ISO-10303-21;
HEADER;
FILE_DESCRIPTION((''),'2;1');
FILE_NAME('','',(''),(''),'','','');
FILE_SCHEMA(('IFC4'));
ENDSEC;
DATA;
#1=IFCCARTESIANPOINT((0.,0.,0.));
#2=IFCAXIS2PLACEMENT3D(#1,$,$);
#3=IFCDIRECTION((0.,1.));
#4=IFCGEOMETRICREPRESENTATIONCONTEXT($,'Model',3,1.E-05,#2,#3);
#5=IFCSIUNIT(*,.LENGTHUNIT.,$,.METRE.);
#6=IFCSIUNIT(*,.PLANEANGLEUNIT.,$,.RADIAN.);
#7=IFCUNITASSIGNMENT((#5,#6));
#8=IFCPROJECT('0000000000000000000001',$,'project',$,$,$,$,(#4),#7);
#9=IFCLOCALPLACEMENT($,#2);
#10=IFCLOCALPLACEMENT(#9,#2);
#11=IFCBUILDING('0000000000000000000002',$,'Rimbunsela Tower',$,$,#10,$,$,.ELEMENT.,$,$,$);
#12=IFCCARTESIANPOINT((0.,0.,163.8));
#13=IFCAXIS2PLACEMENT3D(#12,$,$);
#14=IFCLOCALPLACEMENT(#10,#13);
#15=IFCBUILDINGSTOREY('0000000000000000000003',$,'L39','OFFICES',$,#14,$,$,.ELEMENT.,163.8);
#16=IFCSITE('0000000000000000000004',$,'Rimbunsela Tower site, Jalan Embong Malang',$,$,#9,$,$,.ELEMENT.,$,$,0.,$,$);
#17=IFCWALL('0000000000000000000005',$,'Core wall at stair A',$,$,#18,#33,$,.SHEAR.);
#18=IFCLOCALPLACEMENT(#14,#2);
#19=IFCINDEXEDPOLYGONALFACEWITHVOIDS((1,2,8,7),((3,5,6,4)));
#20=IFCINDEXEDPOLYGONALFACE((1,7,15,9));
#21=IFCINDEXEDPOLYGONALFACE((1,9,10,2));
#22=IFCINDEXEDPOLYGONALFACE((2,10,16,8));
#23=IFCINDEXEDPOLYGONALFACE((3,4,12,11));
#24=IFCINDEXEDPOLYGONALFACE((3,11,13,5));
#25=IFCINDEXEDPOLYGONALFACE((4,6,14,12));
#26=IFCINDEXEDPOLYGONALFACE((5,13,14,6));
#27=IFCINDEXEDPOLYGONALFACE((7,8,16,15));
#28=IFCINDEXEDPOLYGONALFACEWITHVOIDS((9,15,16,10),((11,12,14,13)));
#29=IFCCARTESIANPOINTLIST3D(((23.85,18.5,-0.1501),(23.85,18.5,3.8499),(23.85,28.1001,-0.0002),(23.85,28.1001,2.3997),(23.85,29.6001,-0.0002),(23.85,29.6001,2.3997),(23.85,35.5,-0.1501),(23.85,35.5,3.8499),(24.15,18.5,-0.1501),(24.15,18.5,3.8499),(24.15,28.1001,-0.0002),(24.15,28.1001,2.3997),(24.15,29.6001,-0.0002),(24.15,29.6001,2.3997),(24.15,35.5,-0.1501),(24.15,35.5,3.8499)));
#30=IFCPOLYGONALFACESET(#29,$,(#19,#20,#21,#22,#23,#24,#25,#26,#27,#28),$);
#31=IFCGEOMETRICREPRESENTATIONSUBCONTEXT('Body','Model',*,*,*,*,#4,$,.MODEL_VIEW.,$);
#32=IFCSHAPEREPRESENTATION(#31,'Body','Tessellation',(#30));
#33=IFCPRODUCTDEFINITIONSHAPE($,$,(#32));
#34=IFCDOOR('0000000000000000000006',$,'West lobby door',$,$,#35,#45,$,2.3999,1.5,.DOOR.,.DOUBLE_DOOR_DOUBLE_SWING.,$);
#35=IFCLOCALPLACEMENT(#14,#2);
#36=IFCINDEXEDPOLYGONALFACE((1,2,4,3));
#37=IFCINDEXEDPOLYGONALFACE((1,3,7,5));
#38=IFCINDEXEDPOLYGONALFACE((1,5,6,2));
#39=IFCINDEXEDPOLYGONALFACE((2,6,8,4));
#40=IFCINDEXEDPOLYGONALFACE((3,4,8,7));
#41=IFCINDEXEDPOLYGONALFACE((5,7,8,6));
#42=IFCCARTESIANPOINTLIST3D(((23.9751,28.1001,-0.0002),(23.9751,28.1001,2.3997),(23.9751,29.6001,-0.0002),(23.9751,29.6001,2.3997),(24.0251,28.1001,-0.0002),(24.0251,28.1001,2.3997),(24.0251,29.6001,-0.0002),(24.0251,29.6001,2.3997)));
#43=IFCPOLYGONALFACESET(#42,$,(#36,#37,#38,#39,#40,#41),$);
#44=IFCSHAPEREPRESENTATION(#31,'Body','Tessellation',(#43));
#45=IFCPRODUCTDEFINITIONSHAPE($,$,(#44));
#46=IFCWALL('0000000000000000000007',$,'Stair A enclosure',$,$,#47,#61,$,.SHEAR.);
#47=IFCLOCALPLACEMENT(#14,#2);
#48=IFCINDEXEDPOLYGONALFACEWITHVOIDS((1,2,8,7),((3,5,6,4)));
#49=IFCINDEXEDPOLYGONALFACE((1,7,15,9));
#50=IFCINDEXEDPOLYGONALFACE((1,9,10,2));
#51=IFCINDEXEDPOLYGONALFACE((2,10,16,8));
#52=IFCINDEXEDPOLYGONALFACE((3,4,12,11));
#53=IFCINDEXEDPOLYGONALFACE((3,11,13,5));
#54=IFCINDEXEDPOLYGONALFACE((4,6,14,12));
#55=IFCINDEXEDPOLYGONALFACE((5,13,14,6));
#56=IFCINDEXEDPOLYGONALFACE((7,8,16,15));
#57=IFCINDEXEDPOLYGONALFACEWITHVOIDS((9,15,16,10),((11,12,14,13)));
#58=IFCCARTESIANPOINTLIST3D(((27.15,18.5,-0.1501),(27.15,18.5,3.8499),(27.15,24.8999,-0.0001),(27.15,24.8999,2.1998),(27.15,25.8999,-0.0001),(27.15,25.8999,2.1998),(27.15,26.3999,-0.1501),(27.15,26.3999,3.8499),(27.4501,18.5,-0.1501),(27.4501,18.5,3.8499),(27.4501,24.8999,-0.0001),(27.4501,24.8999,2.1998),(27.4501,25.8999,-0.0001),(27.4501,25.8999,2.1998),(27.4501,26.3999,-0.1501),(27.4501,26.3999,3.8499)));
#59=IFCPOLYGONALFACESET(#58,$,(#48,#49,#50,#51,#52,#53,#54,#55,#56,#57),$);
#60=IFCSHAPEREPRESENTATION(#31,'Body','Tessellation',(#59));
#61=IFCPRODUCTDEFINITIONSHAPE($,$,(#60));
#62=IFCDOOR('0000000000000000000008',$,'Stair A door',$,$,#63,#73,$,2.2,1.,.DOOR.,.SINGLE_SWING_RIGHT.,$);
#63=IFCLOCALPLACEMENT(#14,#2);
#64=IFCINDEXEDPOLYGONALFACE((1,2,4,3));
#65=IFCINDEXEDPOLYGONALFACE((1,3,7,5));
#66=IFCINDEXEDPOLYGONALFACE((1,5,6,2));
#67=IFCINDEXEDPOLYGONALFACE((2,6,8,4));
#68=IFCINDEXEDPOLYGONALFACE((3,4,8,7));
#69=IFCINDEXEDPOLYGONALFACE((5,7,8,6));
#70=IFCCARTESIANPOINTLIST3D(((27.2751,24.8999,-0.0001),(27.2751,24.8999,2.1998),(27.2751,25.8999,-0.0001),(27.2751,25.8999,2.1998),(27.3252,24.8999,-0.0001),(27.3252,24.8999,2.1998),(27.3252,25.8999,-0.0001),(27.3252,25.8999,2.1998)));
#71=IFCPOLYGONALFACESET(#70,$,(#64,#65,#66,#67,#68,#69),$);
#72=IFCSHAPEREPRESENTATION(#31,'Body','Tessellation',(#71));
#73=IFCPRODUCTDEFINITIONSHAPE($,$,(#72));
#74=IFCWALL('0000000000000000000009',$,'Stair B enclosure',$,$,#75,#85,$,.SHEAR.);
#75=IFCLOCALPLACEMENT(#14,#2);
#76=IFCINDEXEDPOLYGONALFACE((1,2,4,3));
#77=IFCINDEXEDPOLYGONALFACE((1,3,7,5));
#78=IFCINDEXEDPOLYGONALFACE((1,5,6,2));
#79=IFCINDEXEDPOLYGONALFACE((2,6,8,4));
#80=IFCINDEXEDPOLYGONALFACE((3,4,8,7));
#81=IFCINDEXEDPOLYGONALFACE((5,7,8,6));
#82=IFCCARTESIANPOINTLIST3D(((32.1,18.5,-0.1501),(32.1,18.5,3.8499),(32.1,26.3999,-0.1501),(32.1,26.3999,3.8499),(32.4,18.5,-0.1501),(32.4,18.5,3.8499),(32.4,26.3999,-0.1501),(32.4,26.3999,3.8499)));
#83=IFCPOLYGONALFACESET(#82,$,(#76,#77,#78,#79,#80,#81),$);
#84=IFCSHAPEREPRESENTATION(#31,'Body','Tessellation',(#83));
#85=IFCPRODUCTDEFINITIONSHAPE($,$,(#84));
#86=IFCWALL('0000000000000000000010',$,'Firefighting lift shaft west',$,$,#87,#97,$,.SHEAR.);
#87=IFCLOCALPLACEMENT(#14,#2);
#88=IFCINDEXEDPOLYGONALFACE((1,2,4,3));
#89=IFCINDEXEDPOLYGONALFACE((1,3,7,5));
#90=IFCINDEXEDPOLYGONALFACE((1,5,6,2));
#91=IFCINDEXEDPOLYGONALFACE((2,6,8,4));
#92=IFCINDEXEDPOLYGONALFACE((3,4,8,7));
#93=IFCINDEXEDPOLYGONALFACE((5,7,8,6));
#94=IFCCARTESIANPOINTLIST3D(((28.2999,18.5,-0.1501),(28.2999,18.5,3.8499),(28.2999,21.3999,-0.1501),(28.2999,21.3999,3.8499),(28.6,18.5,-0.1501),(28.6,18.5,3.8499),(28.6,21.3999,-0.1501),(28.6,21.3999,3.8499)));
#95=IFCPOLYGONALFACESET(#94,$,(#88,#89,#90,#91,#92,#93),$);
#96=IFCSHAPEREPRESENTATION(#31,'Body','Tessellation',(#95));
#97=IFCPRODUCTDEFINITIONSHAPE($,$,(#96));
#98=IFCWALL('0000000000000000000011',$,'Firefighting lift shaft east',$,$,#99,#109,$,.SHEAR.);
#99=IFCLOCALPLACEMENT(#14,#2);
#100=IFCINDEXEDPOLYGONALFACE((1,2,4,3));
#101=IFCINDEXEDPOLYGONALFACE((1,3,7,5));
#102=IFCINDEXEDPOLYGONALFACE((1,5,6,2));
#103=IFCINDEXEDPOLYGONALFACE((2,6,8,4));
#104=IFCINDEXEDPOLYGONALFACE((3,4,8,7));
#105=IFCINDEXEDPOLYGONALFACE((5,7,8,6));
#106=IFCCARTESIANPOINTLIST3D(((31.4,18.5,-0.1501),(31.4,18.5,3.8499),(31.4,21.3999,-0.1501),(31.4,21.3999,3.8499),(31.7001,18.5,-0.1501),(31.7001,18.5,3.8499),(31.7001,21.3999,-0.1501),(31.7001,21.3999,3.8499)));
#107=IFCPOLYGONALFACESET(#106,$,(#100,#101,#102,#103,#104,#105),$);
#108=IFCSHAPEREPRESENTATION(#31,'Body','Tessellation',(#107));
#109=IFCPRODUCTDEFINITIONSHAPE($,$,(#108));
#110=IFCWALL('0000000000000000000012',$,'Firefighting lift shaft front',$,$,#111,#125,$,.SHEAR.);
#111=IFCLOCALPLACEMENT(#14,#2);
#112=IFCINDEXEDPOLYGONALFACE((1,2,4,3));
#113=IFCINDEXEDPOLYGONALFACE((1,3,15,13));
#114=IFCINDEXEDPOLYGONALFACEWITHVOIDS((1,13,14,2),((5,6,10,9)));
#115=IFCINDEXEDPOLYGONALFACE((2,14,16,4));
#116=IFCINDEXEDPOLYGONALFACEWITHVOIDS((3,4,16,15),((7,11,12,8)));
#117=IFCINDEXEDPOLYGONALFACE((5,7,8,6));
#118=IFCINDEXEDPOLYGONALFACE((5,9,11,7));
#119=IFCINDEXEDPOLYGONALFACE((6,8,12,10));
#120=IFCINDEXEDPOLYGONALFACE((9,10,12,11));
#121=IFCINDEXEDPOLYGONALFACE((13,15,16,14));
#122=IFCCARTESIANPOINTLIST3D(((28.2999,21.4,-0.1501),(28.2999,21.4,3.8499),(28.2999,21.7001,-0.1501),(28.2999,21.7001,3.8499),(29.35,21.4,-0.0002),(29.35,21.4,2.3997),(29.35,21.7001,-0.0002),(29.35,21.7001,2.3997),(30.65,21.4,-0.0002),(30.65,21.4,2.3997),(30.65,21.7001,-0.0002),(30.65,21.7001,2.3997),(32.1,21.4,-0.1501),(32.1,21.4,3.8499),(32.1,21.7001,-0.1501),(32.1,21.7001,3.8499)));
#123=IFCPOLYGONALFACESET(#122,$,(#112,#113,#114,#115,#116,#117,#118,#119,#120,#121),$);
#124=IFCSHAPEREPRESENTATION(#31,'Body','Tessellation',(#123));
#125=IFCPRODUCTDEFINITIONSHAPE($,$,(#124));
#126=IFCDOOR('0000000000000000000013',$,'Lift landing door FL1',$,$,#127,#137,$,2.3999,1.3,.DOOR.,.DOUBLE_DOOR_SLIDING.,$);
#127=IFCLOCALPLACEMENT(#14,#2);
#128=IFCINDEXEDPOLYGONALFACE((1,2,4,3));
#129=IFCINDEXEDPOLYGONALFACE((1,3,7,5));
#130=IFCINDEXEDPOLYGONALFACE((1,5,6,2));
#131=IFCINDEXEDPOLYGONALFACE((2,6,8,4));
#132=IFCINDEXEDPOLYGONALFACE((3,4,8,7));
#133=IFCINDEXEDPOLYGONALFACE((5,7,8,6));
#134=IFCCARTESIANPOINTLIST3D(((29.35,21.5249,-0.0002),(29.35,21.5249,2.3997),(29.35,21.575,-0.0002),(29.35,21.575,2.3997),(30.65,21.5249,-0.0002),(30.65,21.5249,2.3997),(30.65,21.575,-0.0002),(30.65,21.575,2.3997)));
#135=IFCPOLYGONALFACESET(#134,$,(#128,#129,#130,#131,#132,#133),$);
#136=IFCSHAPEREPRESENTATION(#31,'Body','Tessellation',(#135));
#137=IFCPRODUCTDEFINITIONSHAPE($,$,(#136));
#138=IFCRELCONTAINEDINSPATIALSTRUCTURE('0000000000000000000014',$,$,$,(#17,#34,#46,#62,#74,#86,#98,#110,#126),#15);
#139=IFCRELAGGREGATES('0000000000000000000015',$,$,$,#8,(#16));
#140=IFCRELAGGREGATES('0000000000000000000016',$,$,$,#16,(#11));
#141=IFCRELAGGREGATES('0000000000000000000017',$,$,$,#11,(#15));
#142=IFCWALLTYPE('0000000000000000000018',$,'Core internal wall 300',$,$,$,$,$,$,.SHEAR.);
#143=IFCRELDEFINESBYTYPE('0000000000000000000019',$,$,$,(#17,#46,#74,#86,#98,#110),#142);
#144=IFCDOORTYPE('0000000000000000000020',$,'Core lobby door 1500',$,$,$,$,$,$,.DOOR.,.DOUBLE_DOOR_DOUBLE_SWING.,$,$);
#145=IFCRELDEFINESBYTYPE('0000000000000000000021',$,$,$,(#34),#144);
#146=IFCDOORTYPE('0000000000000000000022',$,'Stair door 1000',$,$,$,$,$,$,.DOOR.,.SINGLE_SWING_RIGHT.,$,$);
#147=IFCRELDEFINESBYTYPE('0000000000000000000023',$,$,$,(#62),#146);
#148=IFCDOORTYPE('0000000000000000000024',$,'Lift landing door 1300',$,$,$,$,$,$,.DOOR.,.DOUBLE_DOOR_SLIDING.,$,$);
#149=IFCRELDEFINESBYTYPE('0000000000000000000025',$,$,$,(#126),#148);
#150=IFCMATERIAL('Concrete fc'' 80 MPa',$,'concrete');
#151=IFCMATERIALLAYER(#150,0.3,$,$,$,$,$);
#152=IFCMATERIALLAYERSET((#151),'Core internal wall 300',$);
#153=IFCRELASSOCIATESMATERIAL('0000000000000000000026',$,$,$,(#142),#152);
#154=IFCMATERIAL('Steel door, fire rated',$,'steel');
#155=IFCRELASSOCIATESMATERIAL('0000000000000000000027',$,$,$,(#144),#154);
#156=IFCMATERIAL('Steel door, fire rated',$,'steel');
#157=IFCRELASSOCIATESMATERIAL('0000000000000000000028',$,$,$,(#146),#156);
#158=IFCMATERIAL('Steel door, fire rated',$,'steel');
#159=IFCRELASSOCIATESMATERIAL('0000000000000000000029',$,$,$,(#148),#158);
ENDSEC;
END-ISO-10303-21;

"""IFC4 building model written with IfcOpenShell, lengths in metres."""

from ifc_helpers import new_model, si_unit, direction, frame, frame_2d, origin, place, context, subcontext, project, spatial, rectangle, extrude, material, layer, layer_set, type_object, element, fill, save


model = new_model("IFC4")

# Units and contexts
model_context = context("Model", 3, precision=1e-05, world=origin(), true_north=direction((0.0, 1.0)))
body_context = subcontext(model_context, "Body", "Model", "MODEL_VIEW")
ifc_project = project(units=[si_unit("LENGTHUNIT", "METRE"), si_unit("PLANEANGLEUNIT", "RADIAN")], contexts=[model_context])

# Site, building, storey
site_placement = place(None, origin())
site = spatial("IfcSite", under=ifc_project, at=site_placement, Name="Rimbunsela Tower site, Jalan Embong Malang", CompositionType="ELEMENT", RefElevation=0.0)
building_placement = place(site_placement, origin())
building = spatial("IfcBuilding", under=site, at=building_placement, Name="Rimbunsela Tower", CompositionType="ELEMENT")
storey_placement = place(building_placement, frame((0.0, 0.0, 163.8)))
storey = spatial("IfcBuildingStorey", under=building, at=storey_placement, Name="L39", Description="OFFICES", CompositionType="ELEMENT", Elevation=163.8)

# Walls, openings, doors
ifc_material_1 = material(Name="Concrete fc' 80 MPa", Category="concrete")
ifc_layer_1 = layer(ifc_material_1, 0.3)
ifc_layer_set_1 = layer_set([ifc_layer_1], Name="Core internal wall 300")
wall_type_1 = type_object("IfcWallType", Name="Core internal wall 300", PredefinedType="SHEAR", material=ifc_layer_set_1)
wall_1_placement = place(storey_placement, frame((24.0, 18.5, -0.1501), z_axis=(0.0, 0.0, 1.0), x_axis=(0.0, 1.0, 0.0)))
wall_1 = element("IfcWall", 1, at=wall_1_placement, inside=storey, type_object=wall_type_1, Name="Core wall at stair A", PredefinedType="SHEAR", context=body_context, shape_type="SweptSolid", body=[
    extrude(rectangle(XDim=17.0, YDim=0.3, at=frame_2d((8.5, 0.0))), origin(), (0.0, 0.0, 1.0), 4.0),
])
opening_1_placement = place(wall_1_placement, frame((9.6001, 0.0, 0.1499)))
opening_1 = element("IfcOpeningElement", 2, at=opening_1_placement, cuts=wall_1, PredefinedType="OPENING", context=body_context, shape_type="SweptSolid", body=[
    extrude(rectangle(XDim=1.5, YDim=2.3999, at=frame_2d((0.75, 1.2))), frame((0.0, 0.1599, 0.0), z_axis=(0.0, -1.0, 0.0), x_axis=(1.0, 0.0, 0.0)), (0.0, 0.0, 1.0), 0.3201),
])
ifc_material_2 = material(Name="Steel door, fire rated", Category="steel")
door_type_1 = type_object("IfcDoorType", Name="Core lobby door 1500", OperationType="DOUBLE_DOOR_DOUBLE_SWING", PredefinedType="DOOR", material=ifc_material_2)
door_1_placement = place(opening_1_placement, origin())
door_1 = element("IfcDoor", 3, at=door_1_placement, inside=storey, type_object=door_type_1, Name="West lobby door", OperationType="DOUBLE_DOOR_DOUBLE_SWING", OverallHeight=2.3999, OverallWidth=1.5, PredefinedType="DOOR", context=body_context, shape_type="SweptSolid", body=[
    extrude(rectangle(XDim=1.5, YDim=2.3999, at=frame_2d((0.75, 1.2))), frame((0.0, 0.0249, 0.0), z_axis=(0.0, -1.0, 0.0), x_axis=(1.0, 0.0, 0.0)), (0.0, 0.0, 1.0), 0.05),
])
fill(opening_1, door_1)
wall_2_placement = place(storey_placement, frame((27.3, 18.5, -0.1501), z_axis=(0.0, 0.0, 1.0), x_axis=(0.0, 1.0, 0.0)))
wall_2 = element("IfcWall", 4, at=wall_2_placement, inside=storey, type_object=wall_type_1, Name="Stair A enclosure", PredefinedType="SHEAR", context=body_context, shape_type="SweptSolid", body=[
    extrude(rectangle(XDim=7.8999, YDim=0.3, at=frame_2d((3.95, 0.0))), origin(), (0.0, 0.0, 1.0), 4.0),
])
opening_2_placement = place(wall_2_placement, frame((6.3999, 0.0, 0.1499)))
opening_2 = element("IfcOpeningElement", 5, at=opening_2_placement, cuts=wall_2, PredefinedType="OPENING", context=body_context, shape_type="SweptSolid", body=[
    extrude(rectangle(XDim=1.0, YDim=2.2, at=frame_2d((0.5, 1.1001))), frame((0.0, 0.1599, 0.0), z_axis=(0.0, -1.0, 0.0), x_axis=(1.0, 0.0, 0.0)), (0.0, 0.0, 1.0), 0.3201),
])
ifc_material_3 = material(Name="Steel door, fire rated", Category="steel")
door_type_2 = type_object("IfcDoorType", Name="Stair door 1000", OperationType="SINGLE_SWING_RIGHT", PredefinedType="DOOR", material=ifc_material_3)
door_2_placement = place(opening_2_placement, origin())
door_2 = element("IfcDoor", 6, at=door_2_placement, inside=storey, type_object=door_type_2, Name="Stair A door", OperationType="SINGLE_SWING_RIGHT", OverallHeight=2.2, OverallWidth=1.0, PredefinedType="DOOR", context=body_context, shape_type="SweptSolid", body=[
    extrude(rectangle(XDim=1.0, YDim=2.2, at=frame_2d((0.5, 1.1001))), frame((0.0, 0.0249, 0.0), z_axis=(0.0, -1.0, 0.0), x_axis=(1.0, 0.0, 0.0)), (0.0, 0.0, 1.0), 0.05),
])
fill(opening_2, door_2)

# Walls
wall_3_placement = place(storey_placement, frame((32.25, 18.5, -0.1501), z_axis=(0.0, 0.0, 1.0), x_axis=(0.0, 1.0, 0.0)))
element("IfcWall", 7, at=wall_3_placement, inside=storey, type_object=wall_type_1, Name="Stair B enclosure", PredefinedType="SHEAR", context=body_context, shape_type="SweptSolid", body=[
    extrude(rectangle(XDim=7.8999, YDim=0.3, at=frame_2d((3.95, 0.0))), origin(), (0.0, 0.0, 1.0), 4.0),
])
for number, where, z_axis, x_axis, name in (
    (8, (28.45, 18.5, -0.1501), (0.0, 0.0, 1.0), (0.0, 1.0, 0.0), "Firefighting lift shaft west"),
    (9, (31.55, 18.5, -0.1501), (0.0, 0.0, 1.0), (0.0, 1.0, 0.0), "Firefighting lift shaft east"),
):
    element("IfcWall", number, at=place(storey_placement, frame(where, z_axis=z_axis, x_axis=x_axis)), inside=storey, type_object=wall_type_1, Name=name, PredefinedType="SHEAR", context=body_context, shape_type="SweptSolid", body=[
        extrude(rectangle(XDim=2.8999, YDim=0.3, at=frame_2d((1.45, 0.0))), origin(), (0.0, 0.0, 1.0), 4.0),
    ])

# Wall, opening, door
wall_4_placement = place(storey_placement, frame((28.3, 21.55, -0.1501), z_axis=(0.0, 0.0, 1.0), x_axis=(1.0, 0.0, 0.0)))
wall_4 = element("IfcWall", 10, at=wall_4_placement, inside=storey, type_object=wall_type_1, Name="Firefighting lift shaft front", PredefinedType="SHEAR", context=body_context, shape_type="SweptSolid", body=[
    extrude(rectangle(XDim=3.8, YDim=0.3, at=frame_2d((1.8999, 0.0))), origin(), (0.0, 0.0, 1.0), 4.0),
])
opening_3_placement = place(wall_4_placement, frame((1.05, 0.0, 0.1499)))
opening_3 = element("IfcOpeningElement", 11, at=opening_3_placement, cuts=wall_4, PredefinedType="OPENING", context=body_context, shape_type="SweptSolid", body=[
    extrude(rectangle(XDim=1.3, YDim=2.3999, at=frame_2d((0.6499, 1.2))), frame((0.0, 0.1599, 0.0), z_axis=(0.0, -1.0, 0.0), x_axis=(1.0, 0.0, 0.0)), (0.0, 0.0, 1.0), 0.3201),
])
ifc_material_4 = material(Name="Steel door, fire rated", Category="steel")
door_type_3 = type_object("IfcDoorType", Name="Lift landing door 1300", OperationType="DOUBLE_DOOR_SLIDING", PredefinedType="DOOR", material=ifc_material_4)
door_3_placement = place(opening_3_placement, origin())
door_3 = element("IfcDoor", 12, at=door_3_placement, inside=storey, type_object=door_type_3, Name="Lift landing door FL1", OperationType="DOUBLE_DOOR_SLIDING", OverallHeight=2.3999, OverallWidth=1.3, PredefinedType="DOOR", context=body_context, shape_type="SweptSolid", body=[
    extrude(rectangle(XDim=1.3, YDim=2.3999, at=frame_2d((0.6499, 1.2))), frame((0.0, 0.0249, 0.0), z_axis=(0.0, -1.0, 0.0), x_axis=(1.0, 0.0, 0.0)), (0.0, 0.0, 1.0), 0.05),
])
fill(opening_3, door_3)

save(model, "model.ifc")
